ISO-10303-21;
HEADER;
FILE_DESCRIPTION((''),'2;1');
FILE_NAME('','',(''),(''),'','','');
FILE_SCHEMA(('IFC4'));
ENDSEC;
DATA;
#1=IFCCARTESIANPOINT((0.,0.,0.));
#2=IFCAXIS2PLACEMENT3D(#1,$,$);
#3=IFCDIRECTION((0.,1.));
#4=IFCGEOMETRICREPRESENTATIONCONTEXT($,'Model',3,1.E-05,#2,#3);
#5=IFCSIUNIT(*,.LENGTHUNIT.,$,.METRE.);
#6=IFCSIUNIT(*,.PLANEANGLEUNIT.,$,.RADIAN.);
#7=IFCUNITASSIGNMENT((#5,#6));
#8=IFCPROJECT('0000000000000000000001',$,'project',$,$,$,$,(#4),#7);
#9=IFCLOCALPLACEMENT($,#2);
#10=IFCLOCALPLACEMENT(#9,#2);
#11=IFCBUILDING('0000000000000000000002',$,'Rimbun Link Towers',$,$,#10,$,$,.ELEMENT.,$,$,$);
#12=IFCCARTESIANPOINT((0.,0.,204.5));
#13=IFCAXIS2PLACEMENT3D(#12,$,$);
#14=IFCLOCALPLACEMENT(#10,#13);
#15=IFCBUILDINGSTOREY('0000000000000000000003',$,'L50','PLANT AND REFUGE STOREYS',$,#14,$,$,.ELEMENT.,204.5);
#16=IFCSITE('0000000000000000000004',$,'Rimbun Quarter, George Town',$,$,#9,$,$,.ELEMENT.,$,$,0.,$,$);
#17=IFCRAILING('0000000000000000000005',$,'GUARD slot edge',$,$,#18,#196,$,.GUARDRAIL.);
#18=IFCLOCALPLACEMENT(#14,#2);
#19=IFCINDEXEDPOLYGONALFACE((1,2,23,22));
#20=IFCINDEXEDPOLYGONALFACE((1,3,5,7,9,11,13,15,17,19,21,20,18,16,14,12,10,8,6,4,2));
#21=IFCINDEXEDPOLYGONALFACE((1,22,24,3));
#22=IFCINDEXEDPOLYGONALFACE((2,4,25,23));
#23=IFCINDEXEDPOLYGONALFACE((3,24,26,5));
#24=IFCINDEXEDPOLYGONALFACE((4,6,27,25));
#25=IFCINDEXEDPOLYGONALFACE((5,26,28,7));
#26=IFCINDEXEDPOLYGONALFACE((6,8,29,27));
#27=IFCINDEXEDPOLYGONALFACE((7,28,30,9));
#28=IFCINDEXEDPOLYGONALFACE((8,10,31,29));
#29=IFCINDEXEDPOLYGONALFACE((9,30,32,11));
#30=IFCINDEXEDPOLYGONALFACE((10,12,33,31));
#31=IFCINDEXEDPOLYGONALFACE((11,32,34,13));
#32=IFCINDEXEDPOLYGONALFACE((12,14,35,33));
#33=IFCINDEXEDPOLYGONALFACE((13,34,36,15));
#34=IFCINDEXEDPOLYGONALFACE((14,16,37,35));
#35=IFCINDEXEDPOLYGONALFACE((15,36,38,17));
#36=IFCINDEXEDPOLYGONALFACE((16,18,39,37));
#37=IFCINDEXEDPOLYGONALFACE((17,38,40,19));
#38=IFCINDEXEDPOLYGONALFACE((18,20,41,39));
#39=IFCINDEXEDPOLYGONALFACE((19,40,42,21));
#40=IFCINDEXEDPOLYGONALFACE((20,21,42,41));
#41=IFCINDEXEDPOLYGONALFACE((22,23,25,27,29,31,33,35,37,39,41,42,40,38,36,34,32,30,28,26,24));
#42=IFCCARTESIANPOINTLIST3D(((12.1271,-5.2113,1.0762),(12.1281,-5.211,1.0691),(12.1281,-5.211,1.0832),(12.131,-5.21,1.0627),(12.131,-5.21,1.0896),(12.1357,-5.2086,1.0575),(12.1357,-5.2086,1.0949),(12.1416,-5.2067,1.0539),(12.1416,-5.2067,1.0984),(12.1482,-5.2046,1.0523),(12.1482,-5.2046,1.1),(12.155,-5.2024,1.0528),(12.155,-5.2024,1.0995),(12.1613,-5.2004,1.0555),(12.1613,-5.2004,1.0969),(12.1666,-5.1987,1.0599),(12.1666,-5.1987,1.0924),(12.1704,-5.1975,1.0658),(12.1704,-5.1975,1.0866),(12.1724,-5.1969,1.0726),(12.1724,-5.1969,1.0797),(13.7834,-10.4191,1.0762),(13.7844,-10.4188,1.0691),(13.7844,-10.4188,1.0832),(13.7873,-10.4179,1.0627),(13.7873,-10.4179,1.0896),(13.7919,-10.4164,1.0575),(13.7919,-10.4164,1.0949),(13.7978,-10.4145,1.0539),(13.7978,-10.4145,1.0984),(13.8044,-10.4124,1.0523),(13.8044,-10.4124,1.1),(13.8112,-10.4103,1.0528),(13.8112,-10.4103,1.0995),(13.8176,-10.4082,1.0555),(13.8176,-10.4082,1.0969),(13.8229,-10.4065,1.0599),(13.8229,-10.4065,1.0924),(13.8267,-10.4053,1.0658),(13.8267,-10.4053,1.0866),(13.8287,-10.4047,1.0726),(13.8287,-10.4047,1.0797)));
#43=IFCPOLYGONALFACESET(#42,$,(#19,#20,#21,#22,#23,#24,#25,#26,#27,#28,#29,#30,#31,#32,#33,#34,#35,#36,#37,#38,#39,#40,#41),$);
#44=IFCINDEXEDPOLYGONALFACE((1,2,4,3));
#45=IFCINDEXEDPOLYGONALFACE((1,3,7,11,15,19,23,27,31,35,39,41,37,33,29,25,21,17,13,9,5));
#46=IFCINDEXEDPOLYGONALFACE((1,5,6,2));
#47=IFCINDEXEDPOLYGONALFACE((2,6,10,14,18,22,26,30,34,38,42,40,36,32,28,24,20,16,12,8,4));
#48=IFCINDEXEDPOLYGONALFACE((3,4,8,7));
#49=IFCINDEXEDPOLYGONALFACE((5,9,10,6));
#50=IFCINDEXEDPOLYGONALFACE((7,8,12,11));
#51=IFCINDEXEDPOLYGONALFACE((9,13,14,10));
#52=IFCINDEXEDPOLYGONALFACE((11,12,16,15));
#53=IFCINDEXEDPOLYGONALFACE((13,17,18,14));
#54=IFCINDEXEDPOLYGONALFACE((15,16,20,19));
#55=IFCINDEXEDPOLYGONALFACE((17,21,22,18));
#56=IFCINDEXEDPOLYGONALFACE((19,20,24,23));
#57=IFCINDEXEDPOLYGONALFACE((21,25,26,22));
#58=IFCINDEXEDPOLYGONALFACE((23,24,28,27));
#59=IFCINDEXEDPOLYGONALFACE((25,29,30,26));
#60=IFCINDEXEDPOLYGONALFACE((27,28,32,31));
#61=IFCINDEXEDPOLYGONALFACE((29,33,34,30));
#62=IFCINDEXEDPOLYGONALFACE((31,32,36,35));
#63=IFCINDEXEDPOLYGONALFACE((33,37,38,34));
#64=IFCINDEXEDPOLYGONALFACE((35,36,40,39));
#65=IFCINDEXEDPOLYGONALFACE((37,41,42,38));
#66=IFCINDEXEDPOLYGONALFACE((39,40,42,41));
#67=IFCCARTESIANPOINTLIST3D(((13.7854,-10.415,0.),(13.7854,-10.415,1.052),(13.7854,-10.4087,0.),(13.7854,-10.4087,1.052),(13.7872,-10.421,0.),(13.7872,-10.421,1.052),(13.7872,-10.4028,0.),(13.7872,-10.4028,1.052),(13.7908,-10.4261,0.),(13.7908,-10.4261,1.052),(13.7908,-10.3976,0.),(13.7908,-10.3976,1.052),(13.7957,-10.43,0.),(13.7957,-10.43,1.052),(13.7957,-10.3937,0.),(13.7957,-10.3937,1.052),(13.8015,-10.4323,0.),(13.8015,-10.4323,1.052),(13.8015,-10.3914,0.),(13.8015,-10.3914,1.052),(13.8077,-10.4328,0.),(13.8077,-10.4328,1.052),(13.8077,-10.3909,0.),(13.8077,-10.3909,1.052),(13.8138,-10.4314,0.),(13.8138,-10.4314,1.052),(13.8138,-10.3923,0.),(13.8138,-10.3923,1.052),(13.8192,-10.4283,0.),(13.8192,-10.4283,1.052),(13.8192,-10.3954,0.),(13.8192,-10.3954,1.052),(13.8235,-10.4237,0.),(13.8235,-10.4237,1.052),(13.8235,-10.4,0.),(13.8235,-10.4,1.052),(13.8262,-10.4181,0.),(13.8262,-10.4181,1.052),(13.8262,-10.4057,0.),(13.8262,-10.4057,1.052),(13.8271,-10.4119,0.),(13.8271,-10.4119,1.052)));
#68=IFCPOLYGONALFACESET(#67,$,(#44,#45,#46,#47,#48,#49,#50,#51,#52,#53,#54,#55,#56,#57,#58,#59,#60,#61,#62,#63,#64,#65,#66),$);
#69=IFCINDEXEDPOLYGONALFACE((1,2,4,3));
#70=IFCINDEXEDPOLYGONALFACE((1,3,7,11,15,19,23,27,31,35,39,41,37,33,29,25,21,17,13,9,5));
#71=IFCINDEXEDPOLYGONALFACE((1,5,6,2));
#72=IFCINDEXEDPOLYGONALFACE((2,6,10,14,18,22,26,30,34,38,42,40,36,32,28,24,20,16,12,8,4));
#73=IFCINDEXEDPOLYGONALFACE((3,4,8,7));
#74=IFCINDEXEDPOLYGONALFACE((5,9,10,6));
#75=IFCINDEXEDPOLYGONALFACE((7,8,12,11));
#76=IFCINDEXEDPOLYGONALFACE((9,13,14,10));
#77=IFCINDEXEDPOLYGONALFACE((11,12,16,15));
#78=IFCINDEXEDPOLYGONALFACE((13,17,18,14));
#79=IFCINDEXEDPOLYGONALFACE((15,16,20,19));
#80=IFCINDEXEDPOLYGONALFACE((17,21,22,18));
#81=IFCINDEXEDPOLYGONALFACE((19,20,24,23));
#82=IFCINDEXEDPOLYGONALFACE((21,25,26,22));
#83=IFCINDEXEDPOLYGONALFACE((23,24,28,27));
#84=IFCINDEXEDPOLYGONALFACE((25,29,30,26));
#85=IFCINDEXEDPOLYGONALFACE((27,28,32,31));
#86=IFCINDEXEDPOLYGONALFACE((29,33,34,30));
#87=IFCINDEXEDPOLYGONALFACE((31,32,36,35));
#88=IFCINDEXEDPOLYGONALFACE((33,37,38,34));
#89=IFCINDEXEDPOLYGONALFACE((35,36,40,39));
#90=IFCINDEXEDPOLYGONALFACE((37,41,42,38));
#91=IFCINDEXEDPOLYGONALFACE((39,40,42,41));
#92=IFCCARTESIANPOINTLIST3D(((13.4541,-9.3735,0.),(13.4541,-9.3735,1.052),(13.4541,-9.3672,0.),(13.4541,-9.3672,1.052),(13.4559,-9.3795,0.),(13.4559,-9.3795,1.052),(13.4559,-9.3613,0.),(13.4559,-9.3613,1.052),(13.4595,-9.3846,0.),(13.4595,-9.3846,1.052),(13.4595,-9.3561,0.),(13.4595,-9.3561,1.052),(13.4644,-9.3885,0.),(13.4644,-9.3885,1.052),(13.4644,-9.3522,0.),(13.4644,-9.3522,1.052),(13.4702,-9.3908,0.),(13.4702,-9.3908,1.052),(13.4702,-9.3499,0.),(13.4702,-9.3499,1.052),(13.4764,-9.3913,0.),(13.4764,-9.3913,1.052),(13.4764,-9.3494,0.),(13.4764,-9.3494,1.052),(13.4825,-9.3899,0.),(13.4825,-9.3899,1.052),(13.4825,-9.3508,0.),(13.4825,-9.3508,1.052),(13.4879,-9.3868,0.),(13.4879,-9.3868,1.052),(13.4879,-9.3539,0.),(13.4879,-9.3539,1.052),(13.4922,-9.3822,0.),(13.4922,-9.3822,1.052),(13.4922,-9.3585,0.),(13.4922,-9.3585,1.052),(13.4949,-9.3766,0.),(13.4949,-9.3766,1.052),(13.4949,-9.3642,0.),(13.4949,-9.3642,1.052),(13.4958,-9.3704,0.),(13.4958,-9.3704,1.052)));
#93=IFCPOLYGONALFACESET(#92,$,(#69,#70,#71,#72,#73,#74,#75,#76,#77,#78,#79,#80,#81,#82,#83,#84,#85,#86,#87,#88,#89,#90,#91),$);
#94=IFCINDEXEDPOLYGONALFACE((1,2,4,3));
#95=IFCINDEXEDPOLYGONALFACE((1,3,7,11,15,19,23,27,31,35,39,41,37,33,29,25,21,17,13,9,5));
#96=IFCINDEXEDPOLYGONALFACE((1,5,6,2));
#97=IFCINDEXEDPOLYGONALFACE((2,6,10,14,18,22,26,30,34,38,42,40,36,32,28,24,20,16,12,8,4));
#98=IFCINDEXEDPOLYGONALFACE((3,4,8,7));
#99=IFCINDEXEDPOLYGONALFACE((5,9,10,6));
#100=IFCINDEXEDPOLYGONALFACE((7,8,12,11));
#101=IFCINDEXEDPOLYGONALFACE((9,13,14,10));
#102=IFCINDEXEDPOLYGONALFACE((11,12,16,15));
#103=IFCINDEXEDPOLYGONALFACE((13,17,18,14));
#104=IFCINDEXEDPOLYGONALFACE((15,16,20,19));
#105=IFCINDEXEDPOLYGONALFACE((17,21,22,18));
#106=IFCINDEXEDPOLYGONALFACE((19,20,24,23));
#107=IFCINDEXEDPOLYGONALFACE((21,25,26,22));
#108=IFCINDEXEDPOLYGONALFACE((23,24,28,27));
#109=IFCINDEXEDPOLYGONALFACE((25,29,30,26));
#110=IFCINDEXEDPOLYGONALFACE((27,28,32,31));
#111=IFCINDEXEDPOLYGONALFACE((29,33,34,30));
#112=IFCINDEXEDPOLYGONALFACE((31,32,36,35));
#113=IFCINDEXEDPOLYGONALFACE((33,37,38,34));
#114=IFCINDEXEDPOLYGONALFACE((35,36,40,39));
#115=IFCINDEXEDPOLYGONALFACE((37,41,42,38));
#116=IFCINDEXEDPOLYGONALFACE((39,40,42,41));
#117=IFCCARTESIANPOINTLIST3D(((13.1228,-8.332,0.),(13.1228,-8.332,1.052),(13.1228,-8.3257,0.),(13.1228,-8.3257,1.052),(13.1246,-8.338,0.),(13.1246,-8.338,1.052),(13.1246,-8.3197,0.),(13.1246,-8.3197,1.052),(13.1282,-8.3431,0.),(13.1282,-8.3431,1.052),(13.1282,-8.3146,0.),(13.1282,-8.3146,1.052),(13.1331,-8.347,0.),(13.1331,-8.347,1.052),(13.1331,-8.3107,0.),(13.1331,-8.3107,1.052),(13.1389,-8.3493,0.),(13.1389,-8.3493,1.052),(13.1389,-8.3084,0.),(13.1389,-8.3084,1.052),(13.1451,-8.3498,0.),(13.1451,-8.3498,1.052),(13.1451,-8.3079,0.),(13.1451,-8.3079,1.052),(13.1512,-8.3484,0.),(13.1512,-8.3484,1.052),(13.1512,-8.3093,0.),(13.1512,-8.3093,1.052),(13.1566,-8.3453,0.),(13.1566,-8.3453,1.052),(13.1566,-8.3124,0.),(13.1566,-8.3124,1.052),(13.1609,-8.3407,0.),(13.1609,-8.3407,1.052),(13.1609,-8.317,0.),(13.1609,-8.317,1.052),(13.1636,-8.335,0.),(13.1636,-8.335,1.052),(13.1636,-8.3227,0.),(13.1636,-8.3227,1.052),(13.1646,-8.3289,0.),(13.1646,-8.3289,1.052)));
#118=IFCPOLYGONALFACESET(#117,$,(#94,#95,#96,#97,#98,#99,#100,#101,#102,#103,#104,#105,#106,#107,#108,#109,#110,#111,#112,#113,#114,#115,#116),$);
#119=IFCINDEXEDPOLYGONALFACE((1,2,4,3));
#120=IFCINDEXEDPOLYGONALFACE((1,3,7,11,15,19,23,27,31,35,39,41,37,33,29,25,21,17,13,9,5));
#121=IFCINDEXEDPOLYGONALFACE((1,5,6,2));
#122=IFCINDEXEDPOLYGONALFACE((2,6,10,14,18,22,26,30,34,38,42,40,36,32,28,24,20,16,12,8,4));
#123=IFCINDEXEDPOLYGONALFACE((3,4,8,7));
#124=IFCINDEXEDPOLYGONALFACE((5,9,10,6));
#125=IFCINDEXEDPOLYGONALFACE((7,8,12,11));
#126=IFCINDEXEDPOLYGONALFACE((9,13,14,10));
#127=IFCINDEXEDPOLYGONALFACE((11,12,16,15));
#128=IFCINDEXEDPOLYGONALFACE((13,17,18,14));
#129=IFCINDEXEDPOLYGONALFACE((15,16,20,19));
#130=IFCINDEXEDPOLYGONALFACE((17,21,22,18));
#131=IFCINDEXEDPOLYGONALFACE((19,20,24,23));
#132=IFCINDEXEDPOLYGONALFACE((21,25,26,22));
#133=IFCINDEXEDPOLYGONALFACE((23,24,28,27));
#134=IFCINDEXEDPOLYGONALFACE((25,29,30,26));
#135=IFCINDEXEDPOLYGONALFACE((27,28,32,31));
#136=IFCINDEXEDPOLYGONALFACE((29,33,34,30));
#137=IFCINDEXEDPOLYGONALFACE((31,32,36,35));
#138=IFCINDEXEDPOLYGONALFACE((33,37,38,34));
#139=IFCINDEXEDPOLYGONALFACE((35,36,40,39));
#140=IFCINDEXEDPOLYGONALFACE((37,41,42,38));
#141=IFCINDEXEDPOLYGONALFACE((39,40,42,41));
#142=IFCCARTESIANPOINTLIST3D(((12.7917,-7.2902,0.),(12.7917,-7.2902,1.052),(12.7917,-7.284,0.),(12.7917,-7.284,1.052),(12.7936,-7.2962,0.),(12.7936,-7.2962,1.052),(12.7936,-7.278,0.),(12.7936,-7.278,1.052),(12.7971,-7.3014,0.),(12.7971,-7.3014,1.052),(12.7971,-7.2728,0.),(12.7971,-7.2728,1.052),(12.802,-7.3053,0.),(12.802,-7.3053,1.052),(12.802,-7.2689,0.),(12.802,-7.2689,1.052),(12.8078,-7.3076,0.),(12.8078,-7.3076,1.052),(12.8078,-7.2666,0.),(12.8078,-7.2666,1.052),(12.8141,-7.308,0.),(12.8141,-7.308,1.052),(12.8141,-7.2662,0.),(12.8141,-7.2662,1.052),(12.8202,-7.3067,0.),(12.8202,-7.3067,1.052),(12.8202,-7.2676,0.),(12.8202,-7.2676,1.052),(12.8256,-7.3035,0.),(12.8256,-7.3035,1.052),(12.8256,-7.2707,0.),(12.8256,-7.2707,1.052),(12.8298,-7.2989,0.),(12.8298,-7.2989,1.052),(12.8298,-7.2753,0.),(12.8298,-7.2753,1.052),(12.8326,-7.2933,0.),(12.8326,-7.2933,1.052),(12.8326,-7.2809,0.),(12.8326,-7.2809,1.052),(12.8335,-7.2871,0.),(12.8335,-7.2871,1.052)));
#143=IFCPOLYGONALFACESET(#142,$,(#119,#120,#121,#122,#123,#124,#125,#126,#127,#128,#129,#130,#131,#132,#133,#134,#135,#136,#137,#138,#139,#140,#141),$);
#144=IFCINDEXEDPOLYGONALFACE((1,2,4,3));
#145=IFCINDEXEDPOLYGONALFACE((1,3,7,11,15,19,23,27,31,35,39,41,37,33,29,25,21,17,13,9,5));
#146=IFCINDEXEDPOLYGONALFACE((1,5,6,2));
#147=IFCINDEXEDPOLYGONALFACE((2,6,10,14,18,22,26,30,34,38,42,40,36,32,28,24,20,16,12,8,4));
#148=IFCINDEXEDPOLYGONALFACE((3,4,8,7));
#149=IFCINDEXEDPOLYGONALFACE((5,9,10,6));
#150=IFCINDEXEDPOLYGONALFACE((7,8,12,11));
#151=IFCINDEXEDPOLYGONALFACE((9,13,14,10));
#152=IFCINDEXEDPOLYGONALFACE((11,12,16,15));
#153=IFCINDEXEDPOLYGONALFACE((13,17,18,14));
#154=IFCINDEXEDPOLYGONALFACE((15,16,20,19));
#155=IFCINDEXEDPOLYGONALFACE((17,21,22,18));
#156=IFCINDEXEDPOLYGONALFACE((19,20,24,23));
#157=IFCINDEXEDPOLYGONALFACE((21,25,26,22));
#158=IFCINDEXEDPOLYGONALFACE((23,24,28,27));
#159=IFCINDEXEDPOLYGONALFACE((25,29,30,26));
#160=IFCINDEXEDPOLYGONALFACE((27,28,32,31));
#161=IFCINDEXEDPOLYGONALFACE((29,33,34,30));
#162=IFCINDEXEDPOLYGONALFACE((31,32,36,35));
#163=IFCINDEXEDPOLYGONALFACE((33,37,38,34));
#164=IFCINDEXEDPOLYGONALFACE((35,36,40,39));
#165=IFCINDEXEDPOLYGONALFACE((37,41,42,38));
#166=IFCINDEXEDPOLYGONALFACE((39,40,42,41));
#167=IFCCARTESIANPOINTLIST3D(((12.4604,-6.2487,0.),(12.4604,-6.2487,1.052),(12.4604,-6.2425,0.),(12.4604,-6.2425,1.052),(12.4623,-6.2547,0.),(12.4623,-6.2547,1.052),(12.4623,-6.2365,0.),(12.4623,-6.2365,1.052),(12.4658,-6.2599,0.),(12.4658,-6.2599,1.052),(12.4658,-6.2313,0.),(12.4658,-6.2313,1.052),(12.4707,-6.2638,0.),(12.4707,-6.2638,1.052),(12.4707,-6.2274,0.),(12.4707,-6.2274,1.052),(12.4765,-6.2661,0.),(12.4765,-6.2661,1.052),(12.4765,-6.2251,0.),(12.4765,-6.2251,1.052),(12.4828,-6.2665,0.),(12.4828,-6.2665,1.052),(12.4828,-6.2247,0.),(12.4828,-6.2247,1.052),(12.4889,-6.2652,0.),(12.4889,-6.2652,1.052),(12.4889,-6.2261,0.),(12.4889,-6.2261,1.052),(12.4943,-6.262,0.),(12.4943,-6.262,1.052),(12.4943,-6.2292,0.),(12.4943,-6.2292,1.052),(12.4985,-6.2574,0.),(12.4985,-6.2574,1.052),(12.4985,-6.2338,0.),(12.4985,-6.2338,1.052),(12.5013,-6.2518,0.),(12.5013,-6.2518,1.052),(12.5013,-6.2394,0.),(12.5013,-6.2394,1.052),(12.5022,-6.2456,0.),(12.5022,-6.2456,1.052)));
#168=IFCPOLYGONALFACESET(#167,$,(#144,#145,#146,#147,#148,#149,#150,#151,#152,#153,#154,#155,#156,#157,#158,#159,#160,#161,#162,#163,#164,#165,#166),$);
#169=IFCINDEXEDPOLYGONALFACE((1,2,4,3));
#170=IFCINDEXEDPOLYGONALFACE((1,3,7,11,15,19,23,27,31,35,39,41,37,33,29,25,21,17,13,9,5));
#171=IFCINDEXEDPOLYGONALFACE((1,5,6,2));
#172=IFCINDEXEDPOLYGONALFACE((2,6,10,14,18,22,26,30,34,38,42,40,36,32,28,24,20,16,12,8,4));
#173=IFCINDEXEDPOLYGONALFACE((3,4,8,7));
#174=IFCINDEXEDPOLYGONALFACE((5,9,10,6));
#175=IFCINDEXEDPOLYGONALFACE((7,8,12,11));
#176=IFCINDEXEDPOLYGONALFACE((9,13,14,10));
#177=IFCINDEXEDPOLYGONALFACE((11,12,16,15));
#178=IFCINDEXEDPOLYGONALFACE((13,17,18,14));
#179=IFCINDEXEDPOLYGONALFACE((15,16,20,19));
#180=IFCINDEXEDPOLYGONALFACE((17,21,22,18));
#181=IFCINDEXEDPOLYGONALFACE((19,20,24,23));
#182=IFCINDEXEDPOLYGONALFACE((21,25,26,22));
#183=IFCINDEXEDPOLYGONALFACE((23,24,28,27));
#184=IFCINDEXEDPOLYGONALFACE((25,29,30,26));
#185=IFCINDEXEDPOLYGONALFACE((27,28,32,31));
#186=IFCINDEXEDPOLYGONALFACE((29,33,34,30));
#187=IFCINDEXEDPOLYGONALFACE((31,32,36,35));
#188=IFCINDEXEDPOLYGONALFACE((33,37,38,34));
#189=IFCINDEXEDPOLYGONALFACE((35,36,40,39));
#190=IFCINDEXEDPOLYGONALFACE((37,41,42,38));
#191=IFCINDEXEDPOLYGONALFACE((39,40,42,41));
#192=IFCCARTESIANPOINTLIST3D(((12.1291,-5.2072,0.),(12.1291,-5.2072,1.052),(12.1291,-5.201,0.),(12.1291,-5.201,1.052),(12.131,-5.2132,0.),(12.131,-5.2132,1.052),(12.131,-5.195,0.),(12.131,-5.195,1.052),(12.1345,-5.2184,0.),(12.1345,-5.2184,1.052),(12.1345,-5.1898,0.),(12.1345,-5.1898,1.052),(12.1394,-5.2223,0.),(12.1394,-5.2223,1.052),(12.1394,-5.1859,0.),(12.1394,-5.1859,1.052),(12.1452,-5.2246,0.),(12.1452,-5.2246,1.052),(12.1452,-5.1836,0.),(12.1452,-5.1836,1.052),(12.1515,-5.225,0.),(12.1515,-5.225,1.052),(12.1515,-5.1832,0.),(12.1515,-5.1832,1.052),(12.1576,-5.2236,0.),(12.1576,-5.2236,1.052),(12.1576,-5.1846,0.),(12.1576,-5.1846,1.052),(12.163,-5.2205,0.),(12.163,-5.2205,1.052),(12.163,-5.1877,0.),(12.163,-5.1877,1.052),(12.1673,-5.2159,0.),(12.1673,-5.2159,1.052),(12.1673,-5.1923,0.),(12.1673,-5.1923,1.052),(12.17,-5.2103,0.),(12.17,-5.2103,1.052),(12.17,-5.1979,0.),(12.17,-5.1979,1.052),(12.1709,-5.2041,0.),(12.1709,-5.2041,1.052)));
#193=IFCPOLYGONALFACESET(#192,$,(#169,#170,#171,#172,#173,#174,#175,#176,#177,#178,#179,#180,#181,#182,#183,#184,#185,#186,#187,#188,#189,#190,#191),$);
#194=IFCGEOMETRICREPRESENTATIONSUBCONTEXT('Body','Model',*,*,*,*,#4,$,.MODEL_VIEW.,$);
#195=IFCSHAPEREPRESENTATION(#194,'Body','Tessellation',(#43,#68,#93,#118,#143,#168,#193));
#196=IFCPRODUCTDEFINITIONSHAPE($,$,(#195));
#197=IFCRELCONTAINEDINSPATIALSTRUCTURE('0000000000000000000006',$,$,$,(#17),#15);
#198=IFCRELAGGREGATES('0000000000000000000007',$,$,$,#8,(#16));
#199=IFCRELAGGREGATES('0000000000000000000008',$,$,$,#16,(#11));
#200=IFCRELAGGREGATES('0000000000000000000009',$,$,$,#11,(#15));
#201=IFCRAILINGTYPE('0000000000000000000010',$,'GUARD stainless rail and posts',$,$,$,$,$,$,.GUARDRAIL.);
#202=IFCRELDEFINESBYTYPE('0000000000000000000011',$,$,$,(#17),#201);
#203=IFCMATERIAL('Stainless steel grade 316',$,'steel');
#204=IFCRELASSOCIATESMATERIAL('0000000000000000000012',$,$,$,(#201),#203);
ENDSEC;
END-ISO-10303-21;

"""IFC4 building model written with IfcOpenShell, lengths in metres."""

from ifc_helpers import new_model, si_unit, direction, frame, origin, origin_2d, place, context, subcontext, project, spatial, circle, extrude, material, type_object, element, save


model = new_model("IFC4")

# Units and contexts
model_context = context("Model", 3, precision=1e-05, world=origin(), true_north=direction((0.0, 1.0)))
body_context = subcontext(model_context, "Body", "Model", "MODEL_VIEW")
ifc_project = project(units=[si_unit("LENGTHUNIT", "METRE"), si_unit("PLANEANGLEUNIT", "RADIAN")], contexts=[model_context])

# Site, building, storey
site_placement = place(None, origin())
site = spatial("IfcSite", under=ifc_project, at=site_placement, Name="Rimbun Quarter, George Town", CompositionType="ELEMENT", RefElevation=0.0)
building_placement = place(site_placement, origin())
building = spatial("IfcBuilding", under=site, at=building_placement, Name="Rimbun Link Towers", CompositionType="ELEMENT")
storey_placement = place(building_placement, frame((0.0, 0.0, 204.5)))
storey = spatial("IfcBuildingStorey", under=building, at=storey_placement, Name="L50", Description="PLANT AND REFUGE STOREYS", CompositionType="ELEMENT", Elevation=204.5)

# Railing
ifc_material_1 = material(Name="Stainless steel grade 316", Category="steel")
railing_type = type_object("IfcRailingType", Name="GUARD stainless rail and posts", PredefinedType="GUARDRAIL", material=ifc_material_1)
railing_1_placement = place(storey_placement, frame((13.8062, -10.4119, 0.0)))
element("IfcRailing", 1, at=railing_1_placement, inside=storey, type_object=railing_type, Name="GUARD slot edge", PredefinedType="GUARDRAIL", context=body_context, shape_type="SweptSolid", body=[
    extrude(circle(Radius=0.0239, at=origin_2d()), frame((0.0, 0.0, 1.0762), z_axis=(-0.303076, 0.952966, 0.0), x_axis=(-0.952966, -0.303076, 0.0)), (0.0, 0.0, 1.0), 5.4648),
    extrude(circle(Radius=0.021, at=origin_2d()), origin(), (0.0, 0.0, 1.0), 1.052),
    extrude(circle(Radius=0.021, at=origin_2d()), frame((-0.3313, 1.0415, 0.0)), (0.0, 0.0, 1.0), 1.052),
    extrude(circle(Radius=0.021, at=origin_2d()), frame((-0.6626, 2.083, 0.0)), (0.0, 0.0, 1.0), 1.052),
    extrude(circle(Radius=0.021, at=origin_2d()), frame((-0.9937, 3.1248, 0.0)), (0.0, 0.0, 1.0), 1.052),
    extrude(circle(Radius=0.021, at=origin_2d()), frame((-1.325, 4.1663, 0.0)), (0.0, 0.0, 1.0), 1.052),
    extrude(circle(Radius=0.021, at=origin_2d()), frame((-1.6562, 5.2078, 0.0)), (0.0, 0.0, 1.0), 1.052),
])

save(model, "model.ifc")
